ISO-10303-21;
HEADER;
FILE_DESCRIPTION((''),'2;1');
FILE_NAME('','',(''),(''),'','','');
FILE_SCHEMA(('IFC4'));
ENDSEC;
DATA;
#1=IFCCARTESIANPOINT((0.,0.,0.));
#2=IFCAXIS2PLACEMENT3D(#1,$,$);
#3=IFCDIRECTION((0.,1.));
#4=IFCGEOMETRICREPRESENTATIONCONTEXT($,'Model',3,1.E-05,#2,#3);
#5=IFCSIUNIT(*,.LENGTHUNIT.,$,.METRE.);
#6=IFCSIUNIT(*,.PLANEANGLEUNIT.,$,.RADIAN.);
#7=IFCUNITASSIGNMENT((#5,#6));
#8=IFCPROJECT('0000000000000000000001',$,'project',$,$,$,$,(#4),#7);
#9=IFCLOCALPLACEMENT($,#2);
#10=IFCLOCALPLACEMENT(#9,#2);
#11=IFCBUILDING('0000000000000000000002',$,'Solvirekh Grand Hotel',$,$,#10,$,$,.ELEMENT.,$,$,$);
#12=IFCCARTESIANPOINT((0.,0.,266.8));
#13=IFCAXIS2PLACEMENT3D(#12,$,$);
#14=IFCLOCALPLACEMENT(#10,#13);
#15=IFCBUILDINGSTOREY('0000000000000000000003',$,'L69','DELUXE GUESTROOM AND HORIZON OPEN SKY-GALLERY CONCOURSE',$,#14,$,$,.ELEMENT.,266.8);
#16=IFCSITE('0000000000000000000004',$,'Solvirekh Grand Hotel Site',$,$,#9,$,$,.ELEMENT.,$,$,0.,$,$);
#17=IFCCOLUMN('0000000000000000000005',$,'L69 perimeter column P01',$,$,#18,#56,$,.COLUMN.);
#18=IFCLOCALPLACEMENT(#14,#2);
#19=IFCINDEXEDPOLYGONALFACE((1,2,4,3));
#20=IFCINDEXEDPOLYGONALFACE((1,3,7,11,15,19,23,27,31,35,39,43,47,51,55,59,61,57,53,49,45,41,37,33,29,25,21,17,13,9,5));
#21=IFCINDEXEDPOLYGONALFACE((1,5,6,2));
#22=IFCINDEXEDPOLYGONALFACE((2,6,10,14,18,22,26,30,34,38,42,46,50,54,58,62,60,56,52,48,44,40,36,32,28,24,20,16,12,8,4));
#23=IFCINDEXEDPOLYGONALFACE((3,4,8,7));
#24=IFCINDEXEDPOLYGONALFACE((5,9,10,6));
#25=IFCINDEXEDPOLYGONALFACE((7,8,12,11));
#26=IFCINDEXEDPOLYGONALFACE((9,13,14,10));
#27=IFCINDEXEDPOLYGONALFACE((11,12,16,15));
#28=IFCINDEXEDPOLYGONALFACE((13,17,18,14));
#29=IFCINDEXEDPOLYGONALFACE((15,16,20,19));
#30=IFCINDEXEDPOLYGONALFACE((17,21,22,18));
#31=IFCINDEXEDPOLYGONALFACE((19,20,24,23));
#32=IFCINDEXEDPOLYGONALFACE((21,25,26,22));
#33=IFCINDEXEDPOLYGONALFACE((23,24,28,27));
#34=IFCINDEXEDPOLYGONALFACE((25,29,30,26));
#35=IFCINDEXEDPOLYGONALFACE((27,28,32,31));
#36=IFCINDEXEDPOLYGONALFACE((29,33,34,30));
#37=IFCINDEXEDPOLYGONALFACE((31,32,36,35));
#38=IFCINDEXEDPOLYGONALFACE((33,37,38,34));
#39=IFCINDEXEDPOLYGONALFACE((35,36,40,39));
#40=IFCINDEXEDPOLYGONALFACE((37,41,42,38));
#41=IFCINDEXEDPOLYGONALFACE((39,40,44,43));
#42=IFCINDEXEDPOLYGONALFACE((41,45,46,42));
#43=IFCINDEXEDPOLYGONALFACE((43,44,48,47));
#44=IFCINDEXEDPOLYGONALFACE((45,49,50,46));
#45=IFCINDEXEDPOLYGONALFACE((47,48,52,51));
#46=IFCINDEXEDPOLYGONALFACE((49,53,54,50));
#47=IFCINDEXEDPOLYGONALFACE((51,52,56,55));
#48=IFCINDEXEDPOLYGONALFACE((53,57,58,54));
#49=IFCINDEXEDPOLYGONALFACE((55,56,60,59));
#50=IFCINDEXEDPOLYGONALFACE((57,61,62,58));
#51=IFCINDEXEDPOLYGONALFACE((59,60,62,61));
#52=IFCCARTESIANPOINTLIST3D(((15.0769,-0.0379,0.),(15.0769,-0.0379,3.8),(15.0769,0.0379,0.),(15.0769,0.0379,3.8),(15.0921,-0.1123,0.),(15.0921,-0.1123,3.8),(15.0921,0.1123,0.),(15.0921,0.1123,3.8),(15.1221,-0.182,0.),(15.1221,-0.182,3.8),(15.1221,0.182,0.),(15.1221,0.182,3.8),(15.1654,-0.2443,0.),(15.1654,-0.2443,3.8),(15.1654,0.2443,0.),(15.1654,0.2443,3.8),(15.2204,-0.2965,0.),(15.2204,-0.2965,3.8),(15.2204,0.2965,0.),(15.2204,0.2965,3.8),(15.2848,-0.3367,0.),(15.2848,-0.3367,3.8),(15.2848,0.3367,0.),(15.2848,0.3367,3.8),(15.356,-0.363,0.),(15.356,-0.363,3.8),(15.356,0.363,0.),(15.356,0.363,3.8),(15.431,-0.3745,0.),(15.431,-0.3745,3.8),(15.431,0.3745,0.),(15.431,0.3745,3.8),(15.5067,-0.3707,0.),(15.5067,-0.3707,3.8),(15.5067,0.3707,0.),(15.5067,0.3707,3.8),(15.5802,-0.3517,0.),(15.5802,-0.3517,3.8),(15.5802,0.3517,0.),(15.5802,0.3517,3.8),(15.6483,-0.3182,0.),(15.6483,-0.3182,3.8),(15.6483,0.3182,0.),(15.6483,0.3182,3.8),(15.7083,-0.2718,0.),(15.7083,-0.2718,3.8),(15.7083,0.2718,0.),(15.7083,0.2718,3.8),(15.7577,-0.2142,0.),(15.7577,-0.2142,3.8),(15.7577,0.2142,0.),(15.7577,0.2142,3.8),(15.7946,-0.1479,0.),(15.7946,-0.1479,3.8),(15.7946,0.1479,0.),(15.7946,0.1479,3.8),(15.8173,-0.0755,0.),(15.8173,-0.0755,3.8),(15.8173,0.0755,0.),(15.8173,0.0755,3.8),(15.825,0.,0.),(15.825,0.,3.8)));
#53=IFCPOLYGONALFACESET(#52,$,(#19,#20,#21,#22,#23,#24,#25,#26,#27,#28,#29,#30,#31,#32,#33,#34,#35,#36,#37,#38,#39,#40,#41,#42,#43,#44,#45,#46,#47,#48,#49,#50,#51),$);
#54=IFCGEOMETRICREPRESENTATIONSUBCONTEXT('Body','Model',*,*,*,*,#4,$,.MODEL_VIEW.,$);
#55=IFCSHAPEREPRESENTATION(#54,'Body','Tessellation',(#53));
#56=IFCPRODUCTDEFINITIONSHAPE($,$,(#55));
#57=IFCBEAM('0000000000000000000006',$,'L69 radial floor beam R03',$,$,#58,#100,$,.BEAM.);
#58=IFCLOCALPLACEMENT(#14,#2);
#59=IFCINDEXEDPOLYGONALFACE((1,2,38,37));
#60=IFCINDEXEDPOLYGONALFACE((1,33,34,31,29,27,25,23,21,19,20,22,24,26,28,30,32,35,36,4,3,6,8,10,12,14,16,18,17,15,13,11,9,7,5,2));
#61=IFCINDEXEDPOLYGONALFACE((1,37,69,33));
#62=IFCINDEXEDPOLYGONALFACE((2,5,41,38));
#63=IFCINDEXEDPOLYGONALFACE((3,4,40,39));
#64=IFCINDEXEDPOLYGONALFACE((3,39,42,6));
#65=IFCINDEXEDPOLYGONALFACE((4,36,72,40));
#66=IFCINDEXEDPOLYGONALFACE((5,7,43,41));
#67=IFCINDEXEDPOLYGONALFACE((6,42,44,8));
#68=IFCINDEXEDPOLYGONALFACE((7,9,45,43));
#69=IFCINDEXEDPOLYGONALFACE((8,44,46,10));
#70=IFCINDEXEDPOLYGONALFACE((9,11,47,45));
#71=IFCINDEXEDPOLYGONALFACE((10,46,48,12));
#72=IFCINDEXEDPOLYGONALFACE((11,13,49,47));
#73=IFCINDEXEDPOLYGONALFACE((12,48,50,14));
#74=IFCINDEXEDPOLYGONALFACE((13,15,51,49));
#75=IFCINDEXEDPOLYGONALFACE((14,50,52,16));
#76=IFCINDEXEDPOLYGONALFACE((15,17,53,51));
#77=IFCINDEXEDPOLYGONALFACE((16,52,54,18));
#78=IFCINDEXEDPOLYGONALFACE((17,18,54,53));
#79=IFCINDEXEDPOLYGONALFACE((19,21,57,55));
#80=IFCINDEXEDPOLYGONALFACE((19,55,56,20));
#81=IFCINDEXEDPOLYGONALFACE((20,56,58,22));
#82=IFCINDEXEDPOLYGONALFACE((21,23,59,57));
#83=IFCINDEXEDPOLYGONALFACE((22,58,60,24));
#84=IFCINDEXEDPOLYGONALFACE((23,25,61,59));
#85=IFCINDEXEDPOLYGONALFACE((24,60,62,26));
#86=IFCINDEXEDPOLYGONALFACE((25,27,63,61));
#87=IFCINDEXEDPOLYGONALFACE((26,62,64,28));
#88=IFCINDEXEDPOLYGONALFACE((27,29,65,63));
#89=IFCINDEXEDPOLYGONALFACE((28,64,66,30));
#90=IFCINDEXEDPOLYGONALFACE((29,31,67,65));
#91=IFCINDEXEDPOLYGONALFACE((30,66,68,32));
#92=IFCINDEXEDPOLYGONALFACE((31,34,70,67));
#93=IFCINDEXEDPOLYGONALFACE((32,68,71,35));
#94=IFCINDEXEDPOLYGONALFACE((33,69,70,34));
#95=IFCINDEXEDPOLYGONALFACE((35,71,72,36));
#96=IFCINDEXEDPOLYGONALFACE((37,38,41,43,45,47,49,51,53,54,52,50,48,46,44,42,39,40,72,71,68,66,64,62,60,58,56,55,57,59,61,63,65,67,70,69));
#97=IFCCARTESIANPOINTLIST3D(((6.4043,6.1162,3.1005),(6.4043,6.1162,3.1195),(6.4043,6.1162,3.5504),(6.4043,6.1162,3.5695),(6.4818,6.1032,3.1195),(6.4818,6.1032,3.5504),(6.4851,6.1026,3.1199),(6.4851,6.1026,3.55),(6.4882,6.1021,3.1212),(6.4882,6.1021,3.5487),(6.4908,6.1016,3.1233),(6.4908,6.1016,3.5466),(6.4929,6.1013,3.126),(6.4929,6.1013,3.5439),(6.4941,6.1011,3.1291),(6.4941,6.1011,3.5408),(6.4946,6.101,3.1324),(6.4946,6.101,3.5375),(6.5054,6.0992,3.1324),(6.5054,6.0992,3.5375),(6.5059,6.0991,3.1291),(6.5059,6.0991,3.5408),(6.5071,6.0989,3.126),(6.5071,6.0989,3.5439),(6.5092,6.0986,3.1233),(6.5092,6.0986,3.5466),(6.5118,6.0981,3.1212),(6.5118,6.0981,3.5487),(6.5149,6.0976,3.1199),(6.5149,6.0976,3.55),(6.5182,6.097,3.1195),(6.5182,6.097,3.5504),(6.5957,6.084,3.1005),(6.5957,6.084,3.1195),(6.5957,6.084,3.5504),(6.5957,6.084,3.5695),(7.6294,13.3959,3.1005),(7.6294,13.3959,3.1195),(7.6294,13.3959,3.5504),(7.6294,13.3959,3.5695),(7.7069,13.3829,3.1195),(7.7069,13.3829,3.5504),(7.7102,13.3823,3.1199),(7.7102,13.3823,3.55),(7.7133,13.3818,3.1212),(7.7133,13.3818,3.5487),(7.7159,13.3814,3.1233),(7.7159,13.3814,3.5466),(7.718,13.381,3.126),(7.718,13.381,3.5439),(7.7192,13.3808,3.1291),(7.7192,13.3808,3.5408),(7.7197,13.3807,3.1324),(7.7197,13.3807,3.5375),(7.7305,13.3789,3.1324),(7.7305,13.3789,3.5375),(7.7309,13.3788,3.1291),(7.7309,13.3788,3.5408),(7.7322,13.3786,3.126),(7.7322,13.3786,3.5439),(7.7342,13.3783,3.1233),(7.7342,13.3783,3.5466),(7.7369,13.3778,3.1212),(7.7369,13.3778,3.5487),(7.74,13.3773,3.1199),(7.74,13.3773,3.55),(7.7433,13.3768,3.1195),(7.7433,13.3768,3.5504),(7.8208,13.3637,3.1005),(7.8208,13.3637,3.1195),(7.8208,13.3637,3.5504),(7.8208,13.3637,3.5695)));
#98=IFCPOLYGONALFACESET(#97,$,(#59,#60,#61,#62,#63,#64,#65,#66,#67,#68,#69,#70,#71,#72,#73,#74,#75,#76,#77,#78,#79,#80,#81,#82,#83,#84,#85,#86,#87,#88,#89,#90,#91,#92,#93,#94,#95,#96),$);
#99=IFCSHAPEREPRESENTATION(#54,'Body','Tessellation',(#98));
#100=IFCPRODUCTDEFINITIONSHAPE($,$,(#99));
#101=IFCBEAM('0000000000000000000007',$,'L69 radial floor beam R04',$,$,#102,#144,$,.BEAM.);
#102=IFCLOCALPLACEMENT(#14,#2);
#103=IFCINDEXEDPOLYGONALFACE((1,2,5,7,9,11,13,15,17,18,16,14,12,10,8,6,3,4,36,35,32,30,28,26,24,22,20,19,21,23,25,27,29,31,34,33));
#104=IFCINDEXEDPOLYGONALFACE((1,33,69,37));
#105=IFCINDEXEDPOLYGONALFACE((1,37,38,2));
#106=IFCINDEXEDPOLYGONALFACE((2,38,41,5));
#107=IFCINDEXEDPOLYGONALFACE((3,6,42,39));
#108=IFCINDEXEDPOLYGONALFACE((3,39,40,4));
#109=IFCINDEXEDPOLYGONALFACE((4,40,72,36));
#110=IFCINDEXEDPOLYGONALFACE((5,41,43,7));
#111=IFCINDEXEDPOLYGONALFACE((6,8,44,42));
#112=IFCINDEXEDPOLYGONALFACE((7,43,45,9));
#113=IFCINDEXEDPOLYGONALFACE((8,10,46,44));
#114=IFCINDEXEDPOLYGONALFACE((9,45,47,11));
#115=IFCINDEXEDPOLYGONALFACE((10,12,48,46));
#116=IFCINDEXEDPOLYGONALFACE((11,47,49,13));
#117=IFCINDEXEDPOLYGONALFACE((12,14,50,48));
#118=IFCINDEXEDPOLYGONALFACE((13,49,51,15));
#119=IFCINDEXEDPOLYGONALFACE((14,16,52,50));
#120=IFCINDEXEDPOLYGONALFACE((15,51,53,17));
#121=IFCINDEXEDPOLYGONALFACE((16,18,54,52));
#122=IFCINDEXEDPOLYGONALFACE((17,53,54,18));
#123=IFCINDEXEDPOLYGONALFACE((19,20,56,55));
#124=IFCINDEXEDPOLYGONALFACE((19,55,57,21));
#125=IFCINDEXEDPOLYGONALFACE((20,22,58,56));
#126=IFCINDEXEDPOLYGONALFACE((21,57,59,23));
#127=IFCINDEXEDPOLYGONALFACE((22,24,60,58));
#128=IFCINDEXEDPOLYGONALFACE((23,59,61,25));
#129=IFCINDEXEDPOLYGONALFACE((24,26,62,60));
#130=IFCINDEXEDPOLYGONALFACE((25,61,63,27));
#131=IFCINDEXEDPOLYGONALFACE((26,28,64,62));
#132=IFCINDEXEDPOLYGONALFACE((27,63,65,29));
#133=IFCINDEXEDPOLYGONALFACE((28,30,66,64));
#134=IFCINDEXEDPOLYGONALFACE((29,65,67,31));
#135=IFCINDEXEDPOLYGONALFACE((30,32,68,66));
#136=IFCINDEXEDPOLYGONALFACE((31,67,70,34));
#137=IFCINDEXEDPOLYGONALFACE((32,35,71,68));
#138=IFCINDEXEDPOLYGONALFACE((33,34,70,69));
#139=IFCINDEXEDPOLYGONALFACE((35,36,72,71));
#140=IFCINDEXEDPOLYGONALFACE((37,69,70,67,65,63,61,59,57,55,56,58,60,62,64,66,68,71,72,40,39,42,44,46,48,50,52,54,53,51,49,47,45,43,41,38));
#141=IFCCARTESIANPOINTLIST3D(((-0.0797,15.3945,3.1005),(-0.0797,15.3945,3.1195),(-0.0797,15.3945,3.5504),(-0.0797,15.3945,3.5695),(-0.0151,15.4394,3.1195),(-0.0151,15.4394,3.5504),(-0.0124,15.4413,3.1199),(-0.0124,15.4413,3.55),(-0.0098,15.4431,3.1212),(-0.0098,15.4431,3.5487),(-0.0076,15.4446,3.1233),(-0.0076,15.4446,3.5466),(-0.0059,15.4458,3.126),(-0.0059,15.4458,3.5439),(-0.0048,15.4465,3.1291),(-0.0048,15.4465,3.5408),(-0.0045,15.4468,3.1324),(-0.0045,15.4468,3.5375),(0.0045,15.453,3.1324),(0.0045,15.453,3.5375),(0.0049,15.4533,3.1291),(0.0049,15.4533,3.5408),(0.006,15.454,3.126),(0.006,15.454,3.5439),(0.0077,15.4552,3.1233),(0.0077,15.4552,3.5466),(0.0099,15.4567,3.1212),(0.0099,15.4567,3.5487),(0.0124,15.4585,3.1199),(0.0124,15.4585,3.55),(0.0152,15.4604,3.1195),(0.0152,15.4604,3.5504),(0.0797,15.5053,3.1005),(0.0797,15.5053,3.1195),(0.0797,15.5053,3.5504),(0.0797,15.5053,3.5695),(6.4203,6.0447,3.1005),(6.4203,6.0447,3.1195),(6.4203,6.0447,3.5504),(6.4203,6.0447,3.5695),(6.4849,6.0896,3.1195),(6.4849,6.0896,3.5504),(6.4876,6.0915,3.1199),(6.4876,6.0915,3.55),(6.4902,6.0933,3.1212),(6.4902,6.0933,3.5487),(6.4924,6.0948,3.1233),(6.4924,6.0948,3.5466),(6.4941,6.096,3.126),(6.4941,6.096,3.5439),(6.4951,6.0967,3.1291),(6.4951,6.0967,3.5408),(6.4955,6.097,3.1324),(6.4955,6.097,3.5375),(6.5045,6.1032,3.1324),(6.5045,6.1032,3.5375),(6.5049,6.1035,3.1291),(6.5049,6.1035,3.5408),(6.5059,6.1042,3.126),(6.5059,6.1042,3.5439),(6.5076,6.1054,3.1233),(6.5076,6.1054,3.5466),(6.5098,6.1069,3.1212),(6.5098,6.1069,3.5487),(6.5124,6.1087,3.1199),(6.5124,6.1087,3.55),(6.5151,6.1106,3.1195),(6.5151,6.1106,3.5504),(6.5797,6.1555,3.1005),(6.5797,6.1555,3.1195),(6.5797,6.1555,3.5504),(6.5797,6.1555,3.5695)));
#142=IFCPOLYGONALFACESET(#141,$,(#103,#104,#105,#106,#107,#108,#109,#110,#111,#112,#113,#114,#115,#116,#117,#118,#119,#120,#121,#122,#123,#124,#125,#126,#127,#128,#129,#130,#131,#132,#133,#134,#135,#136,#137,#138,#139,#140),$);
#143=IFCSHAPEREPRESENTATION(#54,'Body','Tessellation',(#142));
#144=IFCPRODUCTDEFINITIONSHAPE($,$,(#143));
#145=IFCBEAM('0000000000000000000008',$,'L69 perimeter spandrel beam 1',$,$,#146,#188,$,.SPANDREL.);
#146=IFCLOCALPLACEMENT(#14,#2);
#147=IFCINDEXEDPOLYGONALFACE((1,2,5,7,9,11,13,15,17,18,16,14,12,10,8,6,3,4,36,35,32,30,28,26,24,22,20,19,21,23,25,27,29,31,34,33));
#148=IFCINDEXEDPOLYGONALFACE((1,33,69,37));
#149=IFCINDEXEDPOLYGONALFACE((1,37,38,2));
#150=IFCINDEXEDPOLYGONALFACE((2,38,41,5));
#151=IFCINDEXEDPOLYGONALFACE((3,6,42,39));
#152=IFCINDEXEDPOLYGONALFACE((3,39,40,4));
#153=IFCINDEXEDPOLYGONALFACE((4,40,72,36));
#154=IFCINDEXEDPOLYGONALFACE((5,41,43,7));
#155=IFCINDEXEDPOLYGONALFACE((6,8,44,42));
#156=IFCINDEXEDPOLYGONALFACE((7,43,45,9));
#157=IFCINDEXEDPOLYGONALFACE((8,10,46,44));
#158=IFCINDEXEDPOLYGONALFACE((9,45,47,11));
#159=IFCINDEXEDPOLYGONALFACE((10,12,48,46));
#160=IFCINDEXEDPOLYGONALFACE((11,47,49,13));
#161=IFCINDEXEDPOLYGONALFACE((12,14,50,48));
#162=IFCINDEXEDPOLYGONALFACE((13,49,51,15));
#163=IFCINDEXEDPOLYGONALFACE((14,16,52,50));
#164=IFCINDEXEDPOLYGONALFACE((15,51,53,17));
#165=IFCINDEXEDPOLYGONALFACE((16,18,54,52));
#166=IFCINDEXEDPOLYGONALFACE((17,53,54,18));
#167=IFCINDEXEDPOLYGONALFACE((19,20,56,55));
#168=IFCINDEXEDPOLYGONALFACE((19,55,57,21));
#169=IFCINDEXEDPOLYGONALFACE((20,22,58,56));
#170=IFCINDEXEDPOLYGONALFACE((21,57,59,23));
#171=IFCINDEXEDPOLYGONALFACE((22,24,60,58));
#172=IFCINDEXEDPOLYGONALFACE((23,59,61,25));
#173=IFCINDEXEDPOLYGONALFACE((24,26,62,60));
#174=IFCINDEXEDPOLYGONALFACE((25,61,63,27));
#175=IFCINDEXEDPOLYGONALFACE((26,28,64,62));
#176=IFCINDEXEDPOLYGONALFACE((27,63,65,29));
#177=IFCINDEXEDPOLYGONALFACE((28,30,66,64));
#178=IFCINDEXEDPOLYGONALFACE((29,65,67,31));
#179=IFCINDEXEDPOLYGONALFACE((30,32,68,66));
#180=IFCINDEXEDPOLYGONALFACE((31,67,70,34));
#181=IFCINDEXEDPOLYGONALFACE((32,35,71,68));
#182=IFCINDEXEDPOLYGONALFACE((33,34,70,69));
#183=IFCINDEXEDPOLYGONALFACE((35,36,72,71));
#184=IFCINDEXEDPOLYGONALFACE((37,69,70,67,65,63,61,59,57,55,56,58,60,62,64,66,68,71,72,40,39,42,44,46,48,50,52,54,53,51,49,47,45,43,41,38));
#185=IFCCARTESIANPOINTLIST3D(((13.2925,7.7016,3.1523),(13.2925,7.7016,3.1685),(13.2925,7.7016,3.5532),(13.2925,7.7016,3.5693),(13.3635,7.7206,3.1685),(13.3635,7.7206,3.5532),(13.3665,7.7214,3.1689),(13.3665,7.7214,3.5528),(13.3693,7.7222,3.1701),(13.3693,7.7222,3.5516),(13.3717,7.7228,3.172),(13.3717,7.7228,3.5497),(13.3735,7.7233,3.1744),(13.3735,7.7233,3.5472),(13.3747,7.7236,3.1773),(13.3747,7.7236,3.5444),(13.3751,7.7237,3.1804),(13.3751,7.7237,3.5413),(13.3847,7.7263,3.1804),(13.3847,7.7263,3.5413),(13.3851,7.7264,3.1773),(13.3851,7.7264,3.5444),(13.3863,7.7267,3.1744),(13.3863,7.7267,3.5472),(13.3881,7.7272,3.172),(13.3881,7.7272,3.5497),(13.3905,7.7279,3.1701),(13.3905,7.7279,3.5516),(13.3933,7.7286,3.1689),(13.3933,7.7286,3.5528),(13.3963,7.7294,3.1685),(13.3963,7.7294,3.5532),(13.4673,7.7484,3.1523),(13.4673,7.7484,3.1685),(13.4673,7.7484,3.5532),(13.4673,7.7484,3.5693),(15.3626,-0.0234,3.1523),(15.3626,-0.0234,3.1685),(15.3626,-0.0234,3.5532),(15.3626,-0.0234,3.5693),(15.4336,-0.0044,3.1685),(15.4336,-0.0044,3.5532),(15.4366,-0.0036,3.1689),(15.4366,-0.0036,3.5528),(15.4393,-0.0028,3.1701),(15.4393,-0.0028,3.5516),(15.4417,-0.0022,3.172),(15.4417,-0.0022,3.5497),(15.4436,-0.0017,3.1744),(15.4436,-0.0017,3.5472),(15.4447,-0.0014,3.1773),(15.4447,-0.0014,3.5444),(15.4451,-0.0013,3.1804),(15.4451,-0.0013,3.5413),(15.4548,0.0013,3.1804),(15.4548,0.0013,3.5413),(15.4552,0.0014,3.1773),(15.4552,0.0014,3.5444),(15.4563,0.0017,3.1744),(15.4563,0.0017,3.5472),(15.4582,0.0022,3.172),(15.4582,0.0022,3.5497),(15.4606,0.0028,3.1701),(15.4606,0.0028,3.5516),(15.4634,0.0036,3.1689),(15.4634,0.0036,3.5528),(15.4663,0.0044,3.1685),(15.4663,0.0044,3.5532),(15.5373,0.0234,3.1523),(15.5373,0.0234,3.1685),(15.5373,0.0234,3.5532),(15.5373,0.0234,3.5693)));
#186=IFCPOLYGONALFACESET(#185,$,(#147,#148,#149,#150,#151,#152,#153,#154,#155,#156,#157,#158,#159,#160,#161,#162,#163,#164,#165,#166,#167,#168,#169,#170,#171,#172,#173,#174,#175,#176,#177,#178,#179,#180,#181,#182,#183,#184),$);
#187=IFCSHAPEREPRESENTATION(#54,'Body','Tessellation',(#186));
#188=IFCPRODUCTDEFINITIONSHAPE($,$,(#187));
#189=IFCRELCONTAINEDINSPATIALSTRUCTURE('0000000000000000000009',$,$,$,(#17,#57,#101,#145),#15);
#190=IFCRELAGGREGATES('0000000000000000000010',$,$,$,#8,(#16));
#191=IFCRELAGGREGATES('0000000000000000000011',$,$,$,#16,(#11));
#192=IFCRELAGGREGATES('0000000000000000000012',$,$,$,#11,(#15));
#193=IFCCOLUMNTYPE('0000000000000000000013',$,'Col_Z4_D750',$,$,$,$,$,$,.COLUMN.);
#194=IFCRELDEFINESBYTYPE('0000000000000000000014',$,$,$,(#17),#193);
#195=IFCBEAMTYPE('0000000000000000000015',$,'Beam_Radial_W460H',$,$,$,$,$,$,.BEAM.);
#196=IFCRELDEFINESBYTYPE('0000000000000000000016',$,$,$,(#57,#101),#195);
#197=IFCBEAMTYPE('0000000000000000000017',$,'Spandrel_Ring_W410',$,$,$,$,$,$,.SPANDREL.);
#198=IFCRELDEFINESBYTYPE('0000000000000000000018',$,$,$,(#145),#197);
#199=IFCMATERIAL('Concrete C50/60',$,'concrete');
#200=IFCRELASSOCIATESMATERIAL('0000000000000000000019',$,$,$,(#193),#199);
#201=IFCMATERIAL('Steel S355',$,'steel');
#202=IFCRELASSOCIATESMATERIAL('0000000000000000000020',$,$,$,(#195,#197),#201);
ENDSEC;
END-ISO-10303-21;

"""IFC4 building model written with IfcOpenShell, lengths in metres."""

from ifc_helpers import new_model, si_unit, direction, frame, origin, origin_2d, place, context, subcontext, project, spatial, circle, i_section, extrude, material, material_profile, profile_set, type_object, element, save


model = new_model("IFC4")

# Units and contexts
model_context = context("Model", 3, precision=1e-05, world=origin(), true_north=direction((0.0, 1.0)))
body_context = subcontext(model_context, "Body", "Model", "MODEL_VIEW")
ifc_project = project(units=[si_unit("LENGTHUNIT", "METRE"), si_unit("PLANEANGLEUNIT", "RADIAN")], contexts=[model_context])

# Site, building, storey
site_placement = place(None, origin())
site = spatial("IfcSite", under=ifc_project, at=site_placement, Name="Solvirekh Grand Hotel Site", CompositionType="ELEMENT", RefElevation=0.0)
building_placement = place(site_placement, origin())
building = spatial("IfcBuilding", under=site, at=building_placement, Name="Solvirekh Grand Hotel", CompositionType="ELEMENT")
storey_placement = place(building_placement, frame((0.0, 0.0, 266.8)))
storey = spatial("IfcBuildingStorey", under=building, at=storey_placement, Name="L69", Description="DELUXE GUESTROOM AND HORIZON OPEN SKY-GALLERY CONCOURSE", CompositionType="ELEMENT", Elevation=266.8)

# Column
ifc_material_1 = material(Name="Concrete C50/60", Category="concrete")
ifc_material_profile_1 = material_profile(ifc_material_1, circle(Radius=0.375, at=origin_2d()), Name="RC CIRC D750")
ifc_profile_set_1 = profile_set([ifc_material_profile_1], Name="Concrete C50/60")
column_type = type_object("IfcColumnType", Name="Col_Z4_D750", PredefinedType="COLUMN", material=ifc_profile_set_1)
column_placement = place(storey_placement, frame((15.45, 0.0, 0.0), z_axis=(0.0, 0.0, 1.0), x_axis=(1.0, 0.0, 0.0)))
element("IfcColumn", 1, at=column_placement, inside=storey, type_object=column_type, Name="L69 perimeter column P01", PredefinedType="COLUMN", context=body_context, shape_type="SweptSolid", body=[
    extrude(circle(Radius=0.375, at=origin_2d()), origin(), (0.0, 0.0, 1.0), 3.8),
])

# Beams
ifc_material_2 = material(Name="Steel S355", Category="steel")
ifc_material_profile_2 = material_profile(ifc_material_2, i_section(OverallWidth=0.1941, OverallDepth=0.469, WebThickness=0.011, FlangeThickness=0.019, FilletRadius=0.0129, at=origin_2d()), Name="W460X106")
ifc_profile_set_2 = profile_set([ifc_material_profile_2], Name="Steel S355")
beam_type_1 = type_object("IfcBeamType", Name="Beam_Radial_W460H", PredefinedType="BEAM", material=ifc_profile_set_2)
beam_1_placement = place(storey_placement, frame((6.5, 6.1001, 3.335), z_axis=(0.165954, 0.986133, 0.0), x_axis=(-0.986133, 0.165954, 0.0)))
element("IfcBeam", 2, at=beam_1_placement, inside=storey, type_object=beam_type_1, Name="L69 radial floor beam R03", PredefinedType="BEAM", context=body_context, shape_type="SweptSolid", body=[
    extrude(i_section(OverallWidth=0.1941, OverallDepth=0.469, WebThickness=0.011, FlangeThickness=0.019, FilletRadius=0.0129, at=origin_2d()), origin(), (0.0, 0.0, 1.0), 7.3821),
])
beam_2_placement = place(storey_placement, frame((6.5, 6.1001, 3.335), z_axis=(-0.570813, 0.82108, 0.0), x_axis=(-0.82108, -0.570813, 0.0)))
element("IfcBeam", 3, at=beam_2_placement, inside=storey, type_object=beam_type_1, Name="L69 radial floor beam R04", PredefinedType="BEAM", context=body_context, shape_type="SweptSolid", body=[
    extrude(i_section(OverallWidth=0.1941, OverallDepth=0.469, WebThickness=0.011, FlangeThickness=0.019, FilletRadius=0.0129, at=origin_2d()), origin(), (0.0, 0.0, 1.0), 11.3872),
])
ifc_material_profile_3 = material_profile(ifc_material_2, i_section(OverallWidth=0.1809, OverallDepth=0.417, WebThickness=0.01, FlangeThickness=0.0161, FilletRadius=0.012, at=origin_2d()), Name="W410X85")
ifc_profile_set_3 = profile_set([ifc_material_profile_3], Name="Steel S355")
beam_type_2 = type_object("IfcBeamType", Name="Spandrel_Ring_W410", PredefinedType="SPANDREL", material=ifc_profile_set_3)
beam_3_placement = place(storey_placement, frame((15.45, 0.0, 3.3608), z_axis=(-0.258835, 0.965922, 0.0), x_axis=(-0.965922, -0.258835, 0.0)))
element("IfcBeam", 4, at=beam_3_placement, inside=storey, type_object=beam_type_2, Name="L69 perimeter spandrel beam 1", PredefinedType="SPANDREL", context=body_context, shape_type="SweptSolid", body=[
    extrude(i_section(OverallWidth=0.1809, OverallDepth=0.417, WebThickness=0.01, FlangeThickness=0.0161, FilletRadius=0.012, at=origin_2d()), origin(), (0.0, 0.0, 1.0), 7.9976),
])

save(model, "model.ifc")
